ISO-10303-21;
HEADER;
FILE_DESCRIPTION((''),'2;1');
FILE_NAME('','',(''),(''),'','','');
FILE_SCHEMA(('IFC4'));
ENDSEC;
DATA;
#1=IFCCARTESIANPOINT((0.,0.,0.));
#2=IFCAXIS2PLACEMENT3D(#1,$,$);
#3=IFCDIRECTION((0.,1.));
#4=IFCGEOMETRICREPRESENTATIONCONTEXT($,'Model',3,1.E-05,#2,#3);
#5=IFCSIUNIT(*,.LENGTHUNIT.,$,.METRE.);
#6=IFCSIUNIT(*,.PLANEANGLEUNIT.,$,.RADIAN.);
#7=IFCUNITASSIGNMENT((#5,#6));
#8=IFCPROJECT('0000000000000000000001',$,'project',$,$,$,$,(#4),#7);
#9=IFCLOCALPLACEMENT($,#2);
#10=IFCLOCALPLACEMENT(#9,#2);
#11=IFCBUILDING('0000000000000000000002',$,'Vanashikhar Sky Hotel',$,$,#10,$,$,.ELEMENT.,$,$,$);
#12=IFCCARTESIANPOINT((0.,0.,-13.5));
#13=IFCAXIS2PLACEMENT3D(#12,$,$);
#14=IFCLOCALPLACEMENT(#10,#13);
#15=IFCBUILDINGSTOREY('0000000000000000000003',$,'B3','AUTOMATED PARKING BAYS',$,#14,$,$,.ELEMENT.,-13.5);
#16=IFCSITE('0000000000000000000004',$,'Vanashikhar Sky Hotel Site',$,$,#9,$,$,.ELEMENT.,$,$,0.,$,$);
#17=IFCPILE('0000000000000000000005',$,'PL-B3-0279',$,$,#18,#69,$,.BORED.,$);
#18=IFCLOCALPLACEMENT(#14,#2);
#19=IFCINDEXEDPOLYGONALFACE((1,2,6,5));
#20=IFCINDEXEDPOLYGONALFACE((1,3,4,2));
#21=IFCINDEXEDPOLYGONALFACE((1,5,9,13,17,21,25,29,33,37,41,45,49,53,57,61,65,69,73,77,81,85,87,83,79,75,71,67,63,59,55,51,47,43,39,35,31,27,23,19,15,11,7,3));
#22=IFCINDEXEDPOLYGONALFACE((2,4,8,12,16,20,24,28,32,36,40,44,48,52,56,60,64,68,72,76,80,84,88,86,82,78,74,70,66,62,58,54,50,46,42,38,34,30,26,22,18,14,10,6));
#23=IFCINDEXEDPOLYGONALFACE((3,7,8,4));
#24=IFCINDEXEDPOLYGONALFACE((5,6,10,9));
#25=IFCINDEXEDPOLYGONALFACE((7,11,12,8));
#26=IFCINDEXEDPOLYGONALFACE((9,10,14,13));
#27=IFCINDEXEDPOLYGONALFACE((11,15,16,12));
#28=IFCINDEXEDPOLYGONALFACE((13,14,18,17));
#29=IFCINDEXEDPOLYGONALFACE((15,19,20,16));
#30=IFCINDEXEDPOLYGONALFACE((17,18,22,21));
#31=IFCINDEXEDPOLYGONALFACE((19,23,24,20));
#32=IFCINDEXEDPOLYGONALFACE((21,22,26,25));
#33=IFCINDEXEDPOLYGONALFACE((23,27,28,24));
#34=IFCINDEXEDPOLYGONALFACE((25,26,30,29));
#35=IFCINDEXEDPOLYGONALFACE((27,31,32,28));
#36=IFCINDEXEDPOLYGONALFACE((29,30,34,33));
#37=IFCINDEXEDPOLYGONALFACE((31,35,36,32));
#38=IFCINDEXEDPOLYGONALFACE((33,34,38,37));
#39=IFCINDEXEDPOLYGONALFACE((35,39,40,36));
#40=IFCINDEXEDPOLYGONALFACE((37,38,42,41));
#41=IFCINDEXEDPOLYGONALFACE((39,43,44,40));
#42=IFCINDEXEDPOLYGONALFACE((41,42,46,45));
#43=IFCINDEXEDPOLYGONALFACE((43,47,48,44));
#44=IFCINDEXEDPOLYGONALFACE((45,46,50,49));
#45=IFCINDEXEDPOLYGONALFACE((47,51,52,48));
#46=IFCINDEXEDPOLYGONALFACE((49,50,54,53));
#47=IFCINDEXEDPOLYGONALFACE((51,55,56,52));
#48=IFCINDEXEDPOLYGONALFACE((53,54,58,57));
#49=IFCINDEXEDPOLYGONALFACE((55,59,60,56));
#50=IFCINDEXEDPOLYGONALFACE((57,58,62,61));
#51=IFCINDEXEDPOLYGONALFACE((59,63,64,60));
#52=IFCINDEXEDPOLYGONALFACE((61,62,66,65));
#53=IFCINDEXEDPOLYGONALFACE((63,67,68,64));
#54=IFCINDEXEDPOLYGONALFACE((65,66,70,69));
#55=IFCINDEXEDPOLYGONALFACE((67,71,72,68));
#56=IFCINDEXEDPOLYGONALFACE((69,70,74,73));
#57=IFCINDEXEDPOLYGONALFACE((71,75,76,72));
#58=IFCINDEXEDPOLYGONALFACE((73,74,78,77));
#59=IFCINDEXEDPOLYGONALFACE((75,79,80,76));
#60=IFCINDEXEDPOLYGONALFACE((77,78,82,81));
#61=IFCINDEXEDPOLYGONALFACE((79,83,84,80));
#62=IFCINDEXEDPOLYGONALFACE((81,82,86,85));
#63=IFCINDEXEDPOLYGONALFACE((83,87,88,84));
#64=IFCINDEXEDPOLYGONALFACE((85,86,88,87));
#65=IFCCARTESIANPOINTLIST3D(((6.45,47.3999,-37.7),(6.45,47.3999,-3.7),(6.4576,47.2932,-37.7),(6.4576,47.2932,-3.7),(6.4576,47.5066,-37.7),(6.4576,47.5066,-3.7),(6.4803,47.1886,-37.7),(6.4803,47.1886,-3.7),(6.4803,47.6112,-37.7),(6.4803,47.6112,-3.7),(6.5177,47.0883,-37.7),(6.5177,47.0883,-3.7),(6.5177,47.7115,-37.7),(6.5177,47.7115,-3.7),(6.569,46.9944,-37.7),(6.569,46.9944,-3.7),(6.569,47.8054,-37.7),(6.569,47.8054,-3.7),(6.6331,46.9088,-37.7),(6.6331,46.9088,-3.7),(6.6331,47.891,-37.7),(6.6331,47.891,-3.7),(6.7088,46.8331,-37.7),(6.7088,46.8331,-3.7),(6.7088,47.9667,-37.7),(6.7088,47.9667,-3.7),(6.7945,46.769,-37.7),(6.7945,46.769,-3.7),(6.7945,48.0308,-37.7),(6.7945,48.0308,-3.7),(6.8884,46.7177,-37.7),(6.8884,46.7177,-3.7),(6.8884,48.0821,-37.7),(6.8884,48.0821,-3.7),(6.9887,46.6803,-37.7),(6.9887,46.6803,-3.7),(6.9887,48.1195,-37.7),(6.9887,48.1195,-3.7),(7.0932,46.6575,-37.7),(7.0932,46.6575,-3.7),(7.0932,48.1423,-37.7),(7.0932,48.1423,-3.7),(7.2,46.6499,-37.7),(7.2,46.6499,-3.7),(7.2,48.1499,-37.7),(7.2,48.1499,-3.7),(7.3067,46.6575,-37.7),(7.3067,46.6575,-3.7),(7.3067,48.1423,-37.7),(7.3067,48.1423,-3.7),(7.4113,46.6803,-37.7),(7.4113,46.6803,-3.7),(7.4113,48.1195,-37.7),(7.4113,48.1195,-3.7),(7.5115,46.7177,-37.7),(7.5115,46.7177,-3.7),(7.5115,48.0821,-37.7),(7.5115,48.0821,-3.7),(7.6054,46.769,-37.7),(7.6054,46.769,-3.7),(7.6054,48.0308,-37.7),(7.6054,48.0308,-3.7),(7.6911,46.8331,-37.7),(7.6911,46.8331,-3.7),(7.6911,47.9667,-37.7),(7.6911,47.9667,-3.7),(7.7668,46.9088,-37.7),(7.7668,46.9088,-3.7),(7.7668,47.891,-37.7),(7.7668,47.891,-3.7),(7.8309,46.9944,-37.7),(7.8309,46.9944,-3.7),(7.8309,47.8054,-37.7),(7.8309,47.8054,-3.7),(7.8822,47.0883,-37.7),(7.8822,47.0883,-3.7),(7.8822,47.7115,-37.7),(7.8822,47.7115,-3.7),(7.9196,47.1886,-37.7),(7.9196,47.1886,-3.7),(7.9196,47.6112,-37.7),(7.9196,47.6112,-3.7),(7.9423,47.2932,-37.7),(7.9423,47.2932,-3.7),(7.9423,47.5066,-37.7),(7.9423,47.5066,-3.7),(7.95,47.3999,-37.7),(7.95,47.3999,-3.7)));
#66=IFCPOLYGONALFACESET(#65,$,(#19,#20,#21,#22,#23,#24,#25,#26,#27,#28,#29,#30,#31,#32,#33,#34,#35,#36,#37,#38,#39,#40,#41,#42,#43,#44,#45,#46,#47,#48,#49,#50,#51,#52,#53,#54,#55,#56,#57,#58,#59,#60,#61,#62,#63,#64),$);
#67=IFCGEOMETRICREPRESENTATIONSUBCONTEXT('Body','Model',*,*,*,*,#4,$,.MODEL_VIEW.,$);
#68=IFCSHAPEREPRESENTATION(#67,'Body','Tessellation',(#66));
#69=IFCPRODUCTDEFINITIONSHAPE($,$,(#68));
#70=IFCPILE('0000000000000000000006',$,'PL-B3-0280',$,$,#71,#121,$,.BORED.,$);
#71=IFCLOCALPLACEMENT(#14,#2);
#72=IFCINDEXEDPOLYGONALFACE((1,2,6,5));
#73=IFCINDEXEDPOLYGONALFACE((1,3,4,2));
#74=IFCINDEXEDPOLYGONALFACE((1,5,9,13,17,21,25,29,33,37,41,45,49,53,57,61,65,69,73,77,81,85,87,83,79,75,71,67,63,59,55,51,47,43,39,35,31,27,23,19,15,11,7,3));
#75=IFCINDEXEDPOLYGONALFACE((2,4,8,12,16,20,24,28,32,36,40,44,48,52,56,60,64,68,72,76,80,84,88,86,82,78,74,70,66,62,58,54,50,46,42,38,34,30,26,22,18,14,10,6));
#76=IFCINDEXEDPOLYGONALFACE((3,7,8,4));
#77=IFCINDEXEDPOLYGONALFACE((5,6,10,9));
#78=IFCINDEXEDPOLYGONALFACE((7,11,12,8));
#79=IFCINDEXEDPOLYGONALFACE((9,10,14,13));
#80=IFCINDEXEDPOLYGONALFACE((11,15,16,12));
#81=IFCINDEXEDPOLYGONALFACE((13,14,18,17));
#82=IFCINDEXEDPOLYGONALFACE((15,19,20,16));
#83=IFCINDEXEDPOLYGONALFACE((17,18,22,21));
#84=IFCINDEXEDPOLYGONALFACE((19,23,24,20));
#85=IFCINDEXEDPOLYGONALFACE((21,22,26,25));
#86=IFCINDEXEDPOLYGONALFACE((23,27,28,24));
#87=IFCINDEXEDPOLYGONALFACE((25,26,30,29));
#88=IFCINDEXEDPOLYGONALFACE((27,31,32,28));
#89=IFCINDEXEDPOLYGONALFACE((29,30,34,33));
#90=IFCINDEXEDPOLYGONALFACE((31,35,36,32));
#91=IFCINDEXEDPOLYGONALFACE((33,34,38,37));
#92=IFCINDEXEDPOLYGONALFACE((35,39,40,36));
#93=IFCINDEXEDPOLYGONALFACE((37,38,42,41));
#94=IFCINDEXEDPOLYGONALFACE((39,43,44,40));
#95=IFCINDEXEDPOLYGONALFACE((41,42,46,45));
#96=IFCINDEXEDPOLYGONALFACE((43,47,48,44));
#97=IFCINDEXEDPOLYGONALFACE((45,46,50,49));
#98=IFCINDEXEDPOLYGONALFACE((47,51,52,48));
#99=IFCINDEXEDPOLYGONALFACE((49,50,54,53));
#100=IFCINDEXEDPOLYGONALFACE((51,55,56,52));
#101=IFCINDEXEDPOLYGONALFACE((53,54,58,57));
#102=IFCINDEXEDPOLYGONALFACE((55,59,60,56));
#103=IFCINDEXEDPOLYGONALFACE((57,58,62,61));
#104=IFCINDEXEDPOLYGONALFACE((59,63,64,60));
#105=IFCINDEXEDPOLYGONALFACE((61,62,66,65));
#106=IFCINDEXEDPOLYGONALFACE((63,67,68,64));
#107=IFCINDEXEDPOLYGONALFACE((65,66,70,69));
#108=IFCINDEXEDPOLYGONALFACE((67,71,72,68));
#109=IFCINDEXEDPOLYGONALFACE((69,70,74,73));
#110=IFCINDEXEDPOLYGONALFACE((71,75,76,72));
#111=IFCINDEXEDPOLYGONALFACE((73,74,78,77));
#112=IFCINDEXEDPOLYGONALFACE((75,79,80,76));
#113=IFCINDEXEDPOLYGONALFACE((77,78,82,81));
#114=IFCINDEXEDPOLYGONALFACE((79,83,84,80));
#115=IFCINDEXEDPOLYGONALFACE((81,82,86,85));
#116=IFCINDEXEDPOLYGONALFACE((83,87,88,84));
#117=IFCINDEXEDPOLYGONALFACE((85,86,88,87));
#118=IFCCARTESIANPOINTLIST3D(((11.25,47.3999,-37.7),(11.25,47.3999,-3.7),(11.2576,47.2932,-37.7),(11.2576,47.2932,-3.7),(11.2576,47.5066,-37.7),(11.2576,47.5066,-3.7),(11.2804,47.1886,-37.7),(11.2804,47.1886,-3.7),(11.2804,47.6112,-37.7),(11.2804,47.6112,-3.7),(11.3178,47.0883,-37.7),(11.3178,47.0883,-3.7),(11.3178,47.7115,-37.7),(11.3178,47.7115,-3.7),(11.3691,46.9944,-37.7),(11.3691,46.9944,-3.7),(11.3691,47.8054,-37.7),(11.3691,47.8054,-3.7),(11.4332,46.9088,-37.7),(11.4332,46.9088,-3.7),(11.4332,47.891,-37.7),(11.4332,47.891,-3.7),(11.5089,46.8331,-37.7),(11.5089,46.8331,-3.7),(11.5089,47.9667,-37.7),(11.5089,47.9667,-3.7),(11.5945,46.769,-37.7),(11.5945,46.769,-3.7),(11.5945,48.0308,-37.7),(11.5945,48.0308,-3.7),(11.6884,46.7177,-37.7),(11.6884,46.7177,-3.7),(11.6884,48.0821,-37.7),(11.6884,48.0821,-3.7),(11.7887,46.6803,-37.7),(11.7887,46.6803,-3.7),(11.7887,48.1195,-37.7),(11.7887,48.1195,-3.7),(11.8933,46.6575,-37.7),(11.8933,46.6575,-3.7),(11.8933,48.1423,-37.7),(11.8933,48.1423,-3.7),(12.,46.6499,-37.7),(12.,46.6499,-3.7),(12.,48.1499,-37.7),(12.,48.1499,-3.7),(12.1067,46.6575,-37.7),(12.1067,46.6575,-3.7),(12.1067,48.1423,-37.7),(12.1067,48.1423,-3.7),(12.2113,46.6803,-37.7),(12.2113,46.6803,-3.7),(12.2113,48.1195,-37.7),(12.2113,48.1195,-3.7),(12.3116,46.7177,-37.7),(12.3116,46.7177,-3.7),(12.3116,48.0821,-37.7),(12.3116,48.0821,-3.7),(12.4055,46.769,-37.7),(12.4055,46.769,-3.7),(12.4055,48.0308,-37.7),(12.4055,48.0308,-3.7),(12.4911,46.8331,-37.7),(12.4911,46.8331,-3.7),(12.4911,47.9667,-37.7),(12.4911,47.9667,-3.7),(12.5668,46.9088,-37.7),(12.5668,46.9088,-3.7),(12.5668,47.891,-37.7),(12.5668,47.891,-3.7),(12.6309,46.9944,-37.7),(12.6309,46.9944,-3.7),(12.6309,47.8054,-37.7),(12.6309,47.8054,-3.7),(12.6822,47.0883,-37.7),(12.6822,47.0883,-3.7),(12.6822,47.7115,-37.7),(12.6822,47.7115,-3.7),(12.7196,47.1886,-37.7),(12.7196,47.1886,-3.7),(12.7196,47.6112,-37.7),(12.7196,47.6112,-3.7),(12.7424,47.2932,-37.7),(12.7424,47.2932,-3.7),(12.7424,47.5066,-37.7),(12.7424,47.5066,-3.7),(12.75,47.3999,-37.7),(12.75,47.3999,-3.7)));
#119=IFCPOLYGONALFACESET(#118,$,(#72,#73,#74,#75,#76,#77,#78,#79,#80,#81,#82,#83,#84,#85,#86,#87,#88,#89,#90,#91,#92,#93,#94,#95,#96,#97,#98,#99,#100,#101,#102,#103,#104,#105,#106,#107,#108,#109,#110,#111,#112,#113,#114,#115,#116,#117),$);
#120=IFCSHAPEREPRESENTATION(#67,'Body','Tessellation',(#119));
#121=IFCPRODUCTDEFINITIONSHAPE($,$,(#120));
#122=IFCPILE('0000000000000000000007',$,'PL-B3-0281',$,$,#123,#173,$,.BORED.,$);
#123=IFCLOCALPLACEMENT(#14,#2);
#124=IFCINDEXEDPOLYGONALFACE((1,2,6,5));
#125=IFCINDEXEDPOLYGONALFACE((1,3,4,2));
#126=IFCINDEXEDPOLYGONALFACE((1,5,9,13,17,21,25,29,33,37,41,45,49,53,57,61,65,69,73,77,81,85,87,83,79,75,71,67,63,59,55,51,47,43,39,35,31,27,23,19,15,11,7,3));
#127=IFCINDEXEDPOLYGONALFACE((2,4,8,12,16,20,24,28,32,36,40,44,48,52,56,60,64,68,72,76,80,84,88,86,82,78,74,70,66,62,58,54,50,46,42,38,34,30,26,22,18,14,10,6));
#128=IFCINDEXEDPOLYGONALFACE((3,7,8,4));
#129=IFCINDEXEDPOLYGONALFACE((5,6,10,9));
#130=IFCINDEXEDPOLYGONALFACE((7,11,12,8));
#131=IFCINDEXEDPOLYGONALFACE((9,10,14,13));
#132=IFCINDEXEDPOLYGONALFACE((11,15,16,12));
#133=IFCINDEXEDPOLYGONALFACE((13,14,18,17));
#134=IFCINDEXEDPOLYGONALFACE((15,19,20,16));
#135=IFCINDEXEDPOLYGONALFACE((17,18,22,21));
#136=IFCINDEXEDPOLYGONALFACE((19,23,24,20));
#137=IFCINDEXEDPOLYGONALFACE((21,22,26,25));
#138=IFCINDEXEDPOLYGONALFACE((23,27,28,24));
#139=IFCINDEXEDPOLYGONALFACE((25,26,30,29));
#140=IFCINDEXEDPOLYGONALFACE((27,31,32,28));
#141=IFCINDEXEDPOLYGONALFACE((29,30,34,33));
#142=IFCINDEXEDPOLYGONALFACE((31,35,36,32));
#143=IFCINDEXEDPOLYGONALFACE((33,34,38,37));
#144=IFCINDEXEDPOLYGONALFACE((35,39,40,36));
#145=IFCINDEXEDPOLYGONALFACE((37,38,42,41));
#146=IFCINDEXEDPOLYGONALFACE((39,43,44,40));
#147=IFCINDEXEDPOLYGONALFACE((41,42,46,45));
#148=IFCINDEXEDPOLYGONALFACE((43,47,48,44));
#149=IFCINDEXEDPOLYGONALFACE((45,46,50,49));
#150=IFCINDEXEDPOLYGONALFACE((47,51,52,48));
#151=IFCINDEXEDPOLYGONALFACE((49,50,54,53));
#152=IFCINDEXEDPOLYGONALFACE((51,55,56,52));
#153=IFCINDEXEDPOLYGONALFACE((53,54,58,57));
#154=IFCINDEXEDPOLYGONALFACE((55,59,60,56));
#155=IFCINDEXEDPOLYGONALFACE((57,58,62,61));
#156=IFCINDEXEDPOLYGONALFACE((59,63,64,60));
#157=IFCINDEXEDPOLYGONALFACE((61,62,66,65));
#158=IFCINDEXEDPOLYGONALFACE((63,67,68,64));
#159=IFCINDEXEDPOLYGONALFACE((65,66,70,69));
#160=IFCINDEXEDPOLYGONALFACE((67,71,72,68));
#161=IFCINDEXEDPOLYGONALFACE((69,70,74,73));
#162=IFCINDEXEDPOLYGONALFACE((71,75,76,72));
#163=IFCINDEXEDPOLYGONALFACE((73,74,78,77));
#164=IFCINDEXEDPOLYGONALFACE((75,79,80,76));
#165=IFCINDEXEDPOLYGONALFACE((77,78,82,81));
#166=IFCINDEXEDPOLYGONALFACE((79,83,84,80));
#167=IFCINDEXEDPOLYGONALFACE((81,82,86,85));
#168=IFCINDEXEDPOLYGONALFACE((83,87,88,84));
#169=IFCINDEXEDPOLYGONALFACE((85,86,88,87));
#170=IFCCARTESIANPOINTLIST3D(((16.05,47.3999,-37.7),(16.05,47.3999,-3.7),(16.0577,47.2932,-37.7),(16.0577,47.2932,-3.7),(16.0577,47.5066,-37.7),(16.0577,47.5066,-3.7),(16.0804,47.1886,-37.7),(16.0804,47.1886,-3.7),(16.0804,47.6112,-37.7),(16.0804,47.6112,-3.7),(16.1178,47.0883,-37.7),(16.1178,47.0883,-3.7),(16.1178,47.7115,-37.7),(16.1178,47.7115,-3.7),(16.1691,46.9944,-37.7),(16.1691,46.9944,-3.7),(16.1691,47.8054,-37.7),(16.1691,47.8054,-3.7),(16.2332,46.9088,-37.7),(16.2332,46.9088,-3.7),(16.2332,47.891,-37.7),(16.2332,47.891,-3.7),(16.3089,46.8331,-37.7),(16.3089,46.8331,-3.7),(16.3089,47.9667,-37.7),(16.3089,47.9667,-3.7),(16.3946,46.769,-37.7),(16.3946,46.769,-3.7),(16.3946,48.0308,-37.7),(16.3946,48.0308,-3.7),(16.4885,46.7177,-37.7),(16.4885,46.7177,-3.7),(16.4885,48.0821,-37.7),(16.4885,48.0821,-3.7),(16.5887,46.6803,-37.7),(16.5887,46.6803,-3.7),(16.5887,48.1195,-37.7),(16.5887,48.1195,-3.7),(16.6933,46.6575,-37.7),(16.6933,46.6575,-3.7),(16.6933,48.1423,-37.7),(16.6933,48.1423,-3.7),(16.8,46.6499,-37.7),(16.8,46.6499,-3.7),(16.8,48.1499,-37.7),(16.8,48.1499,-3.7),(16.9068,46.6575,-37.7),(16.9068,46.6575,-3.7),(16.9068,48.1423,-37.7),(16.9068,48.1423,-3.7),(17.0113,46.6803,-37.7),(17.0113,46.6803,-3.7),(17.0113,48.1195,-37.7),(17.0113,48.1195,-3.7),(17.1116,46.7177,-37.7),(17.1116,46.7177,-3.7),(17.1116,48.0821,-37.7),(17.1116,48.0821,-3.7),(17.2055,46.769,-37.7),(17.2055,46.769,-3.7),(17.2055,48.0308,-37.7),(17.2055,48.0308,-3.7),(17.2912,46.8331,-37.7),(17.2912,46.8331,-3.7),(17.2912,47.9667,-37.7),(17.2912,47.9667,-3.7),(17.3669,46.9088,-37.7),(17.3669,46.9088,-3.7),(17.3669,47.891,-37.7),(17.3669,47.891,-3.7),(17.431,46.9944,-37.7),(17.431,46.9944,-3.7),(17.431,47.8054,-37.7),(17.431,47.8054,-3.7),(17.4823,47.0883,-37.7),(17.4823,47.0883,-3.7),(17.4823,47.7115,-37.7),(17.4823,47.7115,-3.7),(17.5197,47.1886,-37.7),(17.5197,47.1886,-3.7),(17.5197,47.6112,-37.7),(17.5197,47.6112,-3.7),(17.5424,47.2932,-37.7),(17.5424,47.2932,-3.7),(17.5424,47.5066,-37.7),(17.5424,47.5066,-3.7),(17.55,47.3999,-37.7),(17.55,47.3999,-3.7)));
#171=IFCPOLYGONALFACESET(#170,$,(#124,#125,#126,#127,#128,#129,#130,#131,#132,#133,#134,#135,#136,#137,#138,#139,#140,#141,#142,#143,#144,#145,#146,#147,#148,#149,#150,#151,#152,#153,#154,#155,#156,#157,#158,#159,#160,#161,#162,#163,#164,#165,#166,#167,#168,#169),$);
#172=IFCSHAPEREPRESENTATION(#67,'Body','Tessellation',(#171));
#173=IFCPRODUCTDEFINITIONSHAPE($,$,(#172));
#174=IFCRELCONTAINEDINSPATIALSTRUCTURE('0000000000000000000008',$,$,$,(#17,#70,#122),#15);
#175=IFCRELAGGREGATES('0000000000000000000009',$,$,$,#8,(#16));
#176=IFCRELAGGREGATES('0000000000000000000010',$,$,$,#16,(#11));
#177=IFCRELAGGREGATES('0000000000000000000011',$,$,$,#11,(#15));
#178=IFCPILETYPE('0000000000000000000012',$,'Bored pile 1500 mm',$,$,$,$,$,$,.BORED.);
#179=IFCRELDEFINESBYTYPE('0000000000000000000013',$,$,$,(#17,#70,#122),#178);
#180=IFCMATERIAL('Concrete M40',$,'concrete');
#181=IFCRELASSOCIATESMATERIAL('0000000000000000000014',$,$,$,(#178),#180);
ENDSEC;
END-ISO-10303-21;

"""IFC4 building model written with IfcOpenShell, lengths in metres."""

from ifc_helpers import new_model, si_unit, direction, frame, origin, origin_2d, place, context, subcontext, project, spatial, circle, extrude, source, transform, mapped, material, type_object, element, save


model = new_model("IFC4")

# Units and contexts
model_context = context("Model", 3, precision=1e-05, world=origin(), true_north=direction((0.0, 1.0)))
body_context = subcontext(model_context, "Body", "Model", "MODEL_VIEW")
ifc_project = project(units=[si_unit("LENGTHUNIT", "METRE"), si_unit("PLANEANGLEUNIT", "RADIAN")], contexts=[model_context])

# Site, building, storey
site_placement = place(None, origin())
site = spatial("IfcSite", under=ifc_project, at=site_placement, Name="Vanashikhar Sky Hotel Site", CompositionType="ELEMENT", RefElevation=0.0)
building_placement = place(site_placement, origin())
building = spatial("IfcBuilding", under=site, at=building_placement, Name="Vanashikhar Sky Hotel", CompositionType="ELEMENT")
storey_placement = place(building_placement, frame((0.0, 0.0, -13.5)))
storey = spatial("IfcBuildingStorey", under=building, at=storey_placement, Name="B3", Description="AUTOMATED PARKING BAYS", CompositionType="ELEMENT", Elevation=-13.5)

# Piles
ifc_material_1 = material(Name="Concrete M40", Category="concrete")
pile_type_1 = type_object("IfcPileType", Name="Bored pile 1500 mm", PredefinedType="BORED", material=ifc_material_1)
shared_shape_1 = source(origin(), body_context, "Body", "SweptSolid", [
    extrude(circle(Radius=0.75, at=origin_2d()), origin(), (0.0, 0.0, 1.0), 34.0),
])
for number, where, z_axis, x_axis, name in (
    (1, (7.2, 47.3999, -3.7), (0.0, 0.0, -1.0), (1.0, 0.0, 0.0), "PL-B3-0279"),
    (2, (12.0, 47.3999, -3.7), (0.0, 0.0, -1.0), (1.0, 0.0, 0.0), "PL-B3-0280"),
    (3, (16.8, 47.3999, -3.7), (0.0, 0.0, -1.0), (1.0, 0.0, 0.0), "PL-B3-0281"),
):
    element("IfcPile", number, at=place(storey_placement, frame(where, z_axis=z_axis, x_axis=x_axis)), inside=storey, type_object=pile_type_1, Name=name, PredefinedType="BORED", context=body_context, shape_type="MappedRepresentation", body=[
        mapped(shared_shape_1, transform((0.0, 0.0, 0.0), scale=1.0)),
    ])

save(model, "model.ifc")
